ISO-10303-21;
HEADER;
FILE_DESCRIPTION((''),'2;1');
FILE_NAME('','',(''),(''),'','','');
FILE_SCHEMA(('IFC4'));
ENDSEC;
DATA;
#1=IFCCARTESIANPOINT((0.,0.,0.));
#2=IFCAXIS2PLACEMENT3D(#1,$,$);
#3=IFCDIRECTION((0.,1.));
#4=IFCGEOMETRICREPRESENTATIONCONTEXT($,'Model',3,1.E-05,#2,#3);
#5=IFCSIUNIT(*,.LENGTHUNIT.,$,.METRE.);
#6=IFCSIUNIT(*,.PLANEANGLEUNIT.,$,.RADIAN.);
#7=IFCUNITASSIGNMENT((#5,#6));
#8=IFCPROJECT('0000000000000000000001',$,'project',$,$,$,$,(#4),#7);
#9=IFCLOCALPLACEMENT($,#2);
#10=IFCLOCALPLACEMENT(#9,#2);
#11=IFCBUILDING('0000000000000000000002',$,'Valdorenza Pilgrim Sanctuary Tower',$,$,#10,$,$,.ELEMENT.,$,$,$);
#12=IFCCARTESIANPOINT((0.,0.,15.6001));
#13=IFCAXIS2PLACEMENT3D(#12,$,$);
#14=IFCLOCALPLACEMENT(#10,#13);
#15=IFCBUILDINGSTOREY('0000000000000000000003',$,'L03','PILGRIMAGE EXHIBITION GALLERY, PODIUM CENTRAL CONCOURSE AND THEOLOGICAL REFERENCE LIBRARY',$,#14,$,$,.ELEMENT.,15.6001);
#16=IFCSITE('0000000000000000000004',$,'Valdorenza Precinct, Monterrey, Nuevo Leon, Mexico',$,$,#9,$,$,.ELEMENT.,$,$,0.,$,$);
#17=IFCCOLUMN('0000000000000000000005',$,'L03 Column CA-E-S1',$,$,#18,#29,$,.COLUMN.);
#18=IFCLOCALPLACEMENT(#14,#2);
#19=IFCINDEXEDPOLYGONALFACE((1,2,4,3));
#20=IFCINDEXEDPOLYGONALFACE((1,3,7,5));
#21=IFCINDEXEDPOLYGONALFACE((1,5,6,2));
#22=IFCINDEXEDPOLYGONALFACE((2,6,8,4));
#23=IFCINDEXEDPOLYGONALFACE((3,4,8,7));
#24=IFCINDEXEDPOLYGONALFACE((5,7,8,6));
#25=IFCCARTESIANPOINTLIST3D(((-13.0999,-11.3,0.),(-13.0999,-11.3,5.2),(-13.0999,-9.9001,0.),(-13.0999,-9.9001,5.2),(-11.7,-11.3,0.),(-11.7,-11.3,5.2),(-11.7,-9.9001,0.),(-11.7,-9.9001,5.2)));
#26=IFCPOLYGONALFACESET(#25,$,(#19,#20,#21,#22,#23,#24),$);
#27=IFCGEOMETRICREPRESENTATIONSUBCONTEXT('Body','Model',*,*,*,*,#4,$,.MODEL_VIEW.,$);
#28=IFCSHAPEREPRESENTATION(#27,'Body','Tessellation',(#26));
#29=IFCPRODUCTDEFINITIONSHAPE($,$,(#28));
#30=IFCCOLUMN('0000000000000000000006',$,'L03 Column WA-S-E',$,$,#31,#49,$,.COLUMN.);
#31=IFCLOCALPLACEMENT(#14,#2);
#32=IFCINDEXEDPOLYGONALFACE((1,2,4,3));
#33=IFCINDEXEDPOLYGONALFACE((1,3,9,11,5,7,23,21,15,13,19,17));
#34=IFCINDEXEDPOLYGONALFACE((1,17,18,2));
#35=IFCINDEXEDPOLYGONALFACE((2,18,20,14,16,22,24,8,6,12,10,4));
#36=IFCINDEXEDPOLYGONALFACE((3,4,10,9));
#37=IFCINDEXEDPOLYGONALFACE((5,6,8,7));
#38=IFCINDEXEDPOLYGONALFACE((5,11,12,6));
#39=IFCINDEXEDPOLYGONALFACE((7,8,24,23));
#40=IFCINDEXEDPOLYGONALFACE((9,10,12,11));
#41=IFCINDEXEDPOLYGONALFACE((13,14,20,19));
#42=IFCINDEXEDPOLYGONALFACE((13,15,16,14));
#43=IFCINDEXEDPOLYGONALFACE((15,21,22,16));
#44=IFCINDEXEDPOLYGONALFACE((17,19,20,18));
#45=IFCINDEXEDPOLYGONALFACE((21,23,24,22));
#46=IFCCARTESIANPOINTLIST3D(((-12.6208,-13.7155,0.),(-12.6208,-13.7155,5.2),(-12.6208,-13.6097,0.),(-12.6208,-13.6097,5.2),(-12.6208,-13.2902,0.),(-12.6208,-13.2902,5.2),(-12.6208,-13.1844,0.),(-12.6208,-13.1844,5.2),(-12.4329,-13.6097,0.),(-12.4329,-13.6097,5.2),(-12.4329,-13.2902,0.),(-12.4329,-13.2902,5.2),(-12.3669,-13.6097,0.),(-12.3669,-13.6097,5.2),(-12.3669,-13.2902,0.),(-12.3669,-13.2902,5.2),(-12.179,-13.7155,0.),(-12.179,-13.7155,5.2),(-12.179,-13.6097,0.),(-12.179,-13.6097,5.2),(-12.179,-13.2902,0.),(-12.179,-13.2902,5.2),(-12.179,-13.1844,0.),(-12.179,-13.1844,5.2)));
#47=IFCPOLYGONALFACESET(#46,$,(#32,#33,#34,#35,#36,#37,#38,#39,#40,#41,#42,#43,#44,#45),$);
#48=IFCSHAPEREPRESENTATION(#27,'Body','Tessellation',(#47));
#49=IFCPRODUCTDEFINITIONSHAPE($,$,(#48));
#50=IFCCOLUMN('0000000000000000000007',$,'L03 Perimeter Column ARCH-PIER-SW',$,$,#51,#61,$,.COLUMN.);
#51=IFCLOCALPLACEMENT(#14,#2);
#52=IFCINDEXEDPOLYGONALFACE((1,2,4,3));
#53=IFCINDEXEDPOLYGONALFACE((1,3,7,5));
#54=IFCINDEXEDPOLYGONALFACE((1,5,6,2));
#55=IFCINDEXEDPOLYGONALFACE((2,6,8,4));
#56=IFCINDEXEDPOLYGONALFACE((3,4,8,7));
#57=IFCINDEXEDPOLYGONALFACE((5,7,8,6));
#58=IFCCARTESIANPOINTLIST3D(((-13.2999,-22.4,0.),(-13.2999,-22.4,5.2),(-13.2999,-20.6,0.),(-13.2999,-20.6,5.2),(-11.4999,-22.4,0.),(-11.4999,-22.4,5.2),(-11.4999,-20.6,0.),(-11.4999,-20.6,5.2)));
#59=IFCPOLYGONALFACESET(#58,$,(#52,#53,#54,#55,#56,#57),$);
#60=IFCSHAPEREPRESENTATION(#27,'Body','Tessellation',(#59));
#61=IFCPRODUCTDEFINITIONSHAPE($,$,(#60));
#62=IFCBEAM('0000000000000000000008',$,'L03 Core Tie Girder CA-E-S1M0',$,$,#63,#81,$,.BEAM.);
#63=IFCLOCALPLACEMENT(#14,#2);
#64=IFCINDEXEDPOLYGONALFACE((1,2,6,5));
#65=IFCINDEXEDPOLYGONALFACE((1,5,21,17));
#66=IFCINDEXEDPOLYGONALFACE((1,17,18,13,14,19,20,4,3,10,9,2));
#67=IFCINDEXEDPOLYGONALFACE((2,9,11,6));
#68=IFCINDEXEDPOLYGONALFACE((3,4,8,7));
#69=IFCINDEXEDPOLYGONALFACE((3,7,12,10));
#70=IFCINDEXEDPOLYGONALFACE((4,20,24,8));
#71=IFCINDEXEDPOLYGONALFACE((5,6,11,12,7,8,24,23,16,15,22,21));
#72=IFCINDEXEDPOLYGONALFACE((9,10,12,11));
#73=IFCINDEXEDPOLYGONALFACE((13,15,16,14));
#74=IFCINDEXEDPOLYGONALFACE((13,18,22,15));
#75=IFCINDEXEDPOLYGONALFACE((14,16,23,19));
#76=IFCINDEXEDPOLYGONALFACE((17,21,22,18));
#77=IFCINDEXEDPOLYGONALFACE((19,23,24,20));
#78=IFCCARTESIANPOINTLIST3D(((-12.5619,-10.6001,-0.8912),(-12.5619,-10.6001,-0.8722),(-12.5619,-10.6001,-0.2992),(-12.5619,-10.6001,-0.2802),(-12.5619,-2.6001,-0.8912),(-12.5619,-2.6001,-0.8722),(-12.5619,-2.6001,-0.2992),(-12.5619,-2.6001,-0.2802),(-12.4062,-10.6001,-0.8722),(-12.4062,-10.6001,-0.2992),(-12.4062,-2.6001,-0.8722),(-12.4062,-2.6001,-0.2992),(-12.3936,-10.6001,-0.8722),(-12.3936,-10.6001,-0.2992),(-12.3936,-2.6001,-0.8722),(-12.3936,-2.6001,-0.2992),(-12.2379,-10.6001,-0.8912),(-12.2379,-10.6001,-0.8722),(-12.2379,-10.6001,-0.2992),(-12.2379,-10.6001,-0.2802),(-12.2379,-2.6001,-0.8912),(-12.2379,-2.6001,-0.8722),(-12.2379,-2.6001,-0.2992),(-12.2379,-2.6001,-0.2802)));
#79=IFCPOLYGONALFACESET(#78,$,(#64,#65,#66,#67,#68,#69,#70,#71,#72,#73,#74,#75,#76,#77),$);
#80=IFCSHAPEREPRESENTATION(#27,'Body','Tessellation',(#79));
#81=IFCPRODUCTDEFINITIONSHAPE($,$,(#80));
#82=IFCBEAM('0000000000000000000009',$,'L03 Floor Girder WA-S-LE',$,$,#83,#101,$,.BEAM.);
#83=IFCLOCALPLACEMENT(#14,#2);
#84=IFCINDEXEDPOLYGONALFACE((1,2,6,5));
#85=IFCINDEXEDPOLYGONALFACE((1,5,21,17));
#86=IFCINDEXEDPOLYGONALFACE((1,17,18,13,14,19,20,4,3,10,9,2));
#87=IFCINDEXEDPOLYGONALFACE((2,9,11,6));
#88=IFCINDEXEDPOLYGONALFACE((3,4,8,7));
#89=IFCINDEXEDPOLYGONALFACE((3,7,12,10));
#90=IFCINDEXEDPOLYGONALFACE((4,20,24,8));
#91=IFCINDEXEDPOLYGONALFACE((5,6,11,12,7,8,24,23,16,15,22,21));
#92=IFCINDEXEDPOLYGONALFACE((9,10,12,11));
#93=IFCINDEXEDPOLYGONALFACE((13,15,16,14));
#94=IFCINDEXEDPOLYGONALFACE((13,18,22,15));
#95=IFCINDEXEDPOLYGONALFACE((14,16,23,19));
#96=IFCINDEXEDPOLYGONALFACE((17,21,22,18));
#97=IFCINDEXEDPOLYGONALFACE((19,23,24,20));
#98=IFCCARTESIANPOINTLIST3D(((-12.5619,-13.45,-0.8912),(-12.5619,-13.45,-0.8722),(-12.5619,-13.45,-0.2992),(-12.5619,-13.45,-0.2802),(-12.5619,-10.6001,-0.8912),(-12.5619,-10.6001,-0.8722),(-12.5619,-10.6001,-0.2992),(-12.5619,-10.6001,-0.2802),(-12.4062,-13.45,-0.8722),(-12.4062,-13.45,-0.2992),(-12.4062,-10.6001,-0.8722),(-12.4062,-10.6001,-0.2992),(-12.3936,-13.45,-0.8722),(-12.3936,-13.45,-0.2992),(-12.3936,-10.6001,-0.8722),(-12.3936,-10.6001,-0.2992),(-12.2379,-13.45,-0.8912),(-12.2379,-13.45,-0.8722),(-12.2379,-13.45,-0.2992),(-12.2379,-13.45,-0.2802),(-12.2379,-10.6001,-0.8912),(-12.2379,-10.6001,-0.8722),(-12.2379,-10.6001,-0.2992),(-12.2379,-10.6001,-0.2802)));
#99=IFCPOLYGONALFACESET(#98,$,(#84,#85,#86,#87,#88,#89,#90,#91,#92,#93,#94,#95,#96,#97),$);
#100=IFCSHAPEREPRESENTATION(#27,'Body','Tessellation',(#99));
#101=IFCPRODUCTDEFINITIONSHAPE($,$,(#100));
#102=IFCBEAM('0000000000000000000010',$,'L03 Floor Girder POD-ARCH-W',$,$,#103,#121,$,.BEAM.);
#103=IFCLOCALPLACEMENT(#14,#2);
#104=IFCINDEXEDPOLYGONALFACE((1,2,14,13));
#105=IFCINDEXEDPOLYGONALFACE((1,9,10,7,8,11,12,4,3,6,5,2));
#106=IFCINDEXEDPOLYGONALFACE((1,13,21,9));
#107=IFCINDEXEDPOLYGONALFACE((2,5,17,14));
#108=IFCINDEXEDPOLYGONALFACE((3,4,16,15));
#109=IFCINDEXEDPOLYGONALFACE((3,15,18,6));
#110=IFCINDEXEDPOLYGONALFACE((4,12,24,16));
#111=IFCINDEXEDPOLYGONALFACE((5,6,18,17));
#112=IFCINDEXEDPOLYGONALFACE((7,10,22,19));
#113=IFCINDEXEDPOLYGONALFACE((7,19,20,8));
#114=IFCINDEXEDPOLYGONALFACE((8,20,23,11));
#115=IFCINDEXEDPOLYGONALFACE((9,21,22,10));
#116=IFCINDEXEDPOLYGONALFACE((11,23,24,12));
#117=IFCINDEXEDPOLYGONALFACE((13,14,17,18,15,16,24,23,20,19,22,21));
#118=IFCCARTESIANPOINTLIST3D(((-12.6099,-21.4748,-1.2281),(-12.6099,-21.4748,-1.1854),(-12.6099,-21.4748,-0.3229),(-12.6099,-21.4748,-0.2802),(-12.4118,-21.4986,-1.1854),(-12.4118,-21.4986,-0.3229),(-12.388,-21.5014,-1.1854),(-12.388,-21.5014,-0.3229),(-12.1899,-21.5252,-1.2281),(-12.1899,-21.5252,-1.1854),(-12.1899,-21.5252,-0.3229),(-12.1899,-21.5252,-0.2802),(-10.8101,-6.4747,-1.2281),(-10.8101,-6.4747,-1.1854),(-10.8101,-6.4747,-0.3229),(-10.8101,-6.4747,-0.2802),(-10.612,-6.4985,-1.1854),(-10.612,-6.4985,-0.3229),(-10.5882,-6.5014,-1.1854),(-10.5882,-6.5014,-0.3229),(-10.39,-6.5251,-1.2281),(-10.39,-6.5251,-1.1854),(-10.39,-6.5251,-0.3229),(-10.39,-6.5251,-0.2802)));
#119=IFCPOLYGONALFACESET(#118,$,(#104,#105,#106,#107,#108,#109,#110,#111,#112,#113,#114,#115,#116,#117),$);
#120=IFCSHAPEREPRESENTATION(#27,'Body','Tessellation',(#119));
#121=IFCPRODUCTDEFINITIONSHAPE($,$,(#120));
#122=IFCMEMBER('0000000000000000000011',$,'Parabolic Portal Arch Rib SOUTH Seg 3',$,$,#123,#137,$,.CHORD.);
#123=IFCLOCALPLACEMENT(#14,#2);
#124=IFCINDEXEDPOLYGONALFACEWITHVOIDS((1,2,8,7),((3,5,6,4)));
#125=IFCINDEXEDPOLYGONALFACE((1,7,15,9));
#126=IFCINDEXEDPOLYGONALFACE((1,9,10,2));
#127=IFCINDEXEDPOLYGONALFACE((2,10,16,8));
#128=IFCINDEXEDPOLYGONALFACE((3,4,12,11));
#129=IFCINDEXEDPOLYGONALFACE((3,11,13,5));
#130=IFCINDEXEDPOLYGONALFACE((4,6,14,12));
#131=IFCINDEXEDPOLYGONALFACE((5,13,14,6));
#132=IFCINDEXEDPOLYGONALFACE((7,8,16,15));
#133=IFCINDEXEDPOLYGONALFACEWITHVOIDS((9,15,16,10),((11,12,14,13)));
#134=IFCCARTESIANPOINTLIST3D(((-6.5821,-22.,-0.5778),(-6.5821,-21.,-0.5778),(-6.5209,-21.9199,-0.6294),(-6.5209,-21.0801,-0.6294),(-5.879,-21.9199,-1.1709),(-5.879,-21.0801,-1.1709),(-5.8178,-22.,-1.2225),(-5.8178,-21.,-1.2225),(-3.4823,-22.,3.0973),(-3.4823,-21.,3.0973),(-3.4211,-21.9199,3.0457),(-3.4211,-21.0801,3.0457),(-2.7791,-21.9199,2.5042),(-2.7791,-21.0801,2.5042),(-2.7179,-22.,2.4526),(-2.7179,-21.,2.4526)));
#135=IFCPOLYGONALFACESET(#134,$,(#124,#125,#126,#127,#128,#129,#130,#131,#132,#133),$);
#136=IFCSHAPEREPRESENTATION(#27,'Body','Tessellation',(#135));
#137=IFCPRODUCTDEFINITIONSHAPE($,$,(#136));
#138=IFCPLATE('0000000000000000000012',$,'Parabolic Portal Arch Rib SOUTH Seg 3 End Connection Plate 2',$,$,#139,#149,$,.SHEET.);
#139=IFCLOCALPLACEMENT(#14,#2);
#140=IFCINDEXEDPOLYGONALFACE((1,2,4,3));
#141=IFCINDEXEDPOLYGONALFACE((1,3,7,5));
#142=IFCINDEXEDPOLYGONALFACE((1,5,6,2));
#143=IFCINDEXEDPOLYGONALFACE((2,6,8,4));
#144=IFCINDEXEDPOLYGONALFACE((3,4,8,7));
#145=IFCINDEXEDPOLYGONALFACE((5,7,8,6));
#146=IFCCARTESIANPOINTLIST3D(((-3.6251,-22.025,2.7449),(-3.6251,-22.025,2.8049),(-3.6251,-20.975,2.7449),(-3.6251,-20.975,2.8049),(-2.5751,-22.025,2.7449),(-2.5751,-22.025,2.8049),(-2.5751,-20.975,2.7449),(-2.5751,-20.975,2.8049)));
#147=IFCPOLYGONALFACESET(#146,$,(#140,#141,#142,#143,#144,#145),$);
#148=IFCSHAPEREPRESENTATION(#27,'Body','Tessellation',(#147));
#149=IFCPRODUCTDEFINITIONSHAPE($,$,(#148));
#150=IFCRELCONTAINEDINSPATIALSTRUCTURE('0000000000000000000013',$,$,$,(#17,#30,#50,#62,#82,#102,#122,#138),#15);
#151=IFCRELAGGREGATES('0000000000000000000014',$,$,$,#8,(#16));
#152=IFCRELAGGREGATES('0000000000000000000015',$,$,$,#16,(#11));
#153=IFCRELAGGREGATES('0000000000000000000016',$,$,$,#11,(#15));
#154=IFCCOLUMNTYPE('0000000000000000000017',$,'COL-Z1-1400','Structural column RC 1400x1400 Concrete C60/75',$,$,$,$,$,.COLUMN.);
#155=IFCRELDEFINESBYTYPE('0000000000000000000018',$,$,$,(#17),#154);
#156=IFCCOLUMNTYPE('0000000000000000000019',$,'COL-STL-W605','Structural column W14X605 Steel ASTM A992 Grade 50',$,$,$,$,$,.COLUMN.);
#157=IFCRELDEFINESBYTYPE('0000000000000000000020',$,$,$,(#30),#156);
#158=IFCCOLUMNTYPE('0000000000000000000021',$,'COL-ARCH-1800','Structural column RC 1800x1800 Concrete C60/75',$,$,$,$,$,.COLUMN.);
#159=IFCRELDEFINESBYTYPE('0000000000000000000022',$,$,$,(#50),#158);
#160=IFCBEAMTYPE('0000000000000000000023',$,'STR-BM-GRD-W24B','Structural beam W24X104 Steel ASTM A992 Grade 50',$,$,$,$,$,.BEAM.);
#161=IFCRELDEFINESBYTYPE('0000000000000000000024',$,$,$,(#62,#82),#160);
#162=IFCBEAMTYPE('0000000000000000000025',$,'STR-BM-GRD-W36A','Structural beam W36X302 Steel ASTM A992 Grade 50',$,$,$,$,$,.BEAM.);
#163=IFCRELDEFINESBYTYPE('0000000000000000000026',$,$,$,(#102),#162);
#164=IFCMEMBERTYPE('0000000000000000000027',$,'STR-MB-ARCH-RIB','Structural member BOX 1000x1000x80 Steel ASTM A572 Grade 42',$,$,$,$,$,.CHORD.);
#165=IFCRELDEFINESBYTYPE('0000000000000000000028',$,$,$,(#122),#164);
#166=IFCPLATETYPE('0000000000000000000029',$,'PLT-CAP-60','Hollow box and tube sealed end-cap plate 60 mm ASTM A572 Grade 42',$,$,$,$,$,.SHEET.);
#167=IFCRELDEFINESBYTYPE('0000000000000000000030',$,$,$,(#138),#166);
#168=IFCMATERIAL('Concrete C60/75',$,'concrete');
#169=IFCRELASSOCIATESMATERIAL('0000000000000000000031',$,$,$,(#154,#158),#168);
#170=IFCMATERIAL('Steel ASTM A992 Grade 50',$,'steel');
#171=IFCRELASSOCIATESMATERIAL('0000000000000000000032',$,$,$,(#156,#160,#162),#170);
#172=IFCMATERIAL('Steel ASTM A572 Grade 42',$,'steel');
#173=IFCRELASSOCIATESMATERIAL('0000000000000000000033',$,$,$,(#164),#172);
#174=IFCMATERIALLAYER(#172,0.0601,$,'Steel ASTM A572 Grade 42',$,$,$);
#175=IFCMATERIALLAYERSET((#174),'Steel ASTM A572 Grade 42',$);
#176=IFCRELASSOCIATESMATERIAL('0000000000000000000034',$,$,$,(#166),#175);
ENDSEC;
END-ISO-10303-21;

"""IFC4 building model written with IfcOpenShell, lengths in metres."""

from ifc_helpers import new_model, si_unit, direction, frame, origin, origin_2d, place, context, subcontext, project, spatial, rectangle, hollow_rectangle, i_section, extrude, source, transform, mapped, material, layer, layer_set, material_profile, profile_set, type_object, element, save


model = new_model("IFC4")

# Units and contexts
model_context = context("Model", 3, precision=1e-05, world=origin(), true_north=direction((0.0, 1.0)))
body_context = subcontext(model_context, "Body", "Model", "MODEL_VIEW")
ifc_project = project(units=[si_unit("LENGTHUNIT", "METRE"), si_unit("PLANEANGLEUNIT", "RADIAN")], contexts=[model_context])

# Site, building, storey
site_placement = place(None, origin())
site = spatial("IfcSite", under=ifc_project, at=site_placement, Name="Valdorenza Precinct, Monterrey, Nuevo Leon, Mexico", CompositionType="ELEMENT", RefElevation=0.0)
building_placement = place(site_placement, origin())
building = spatial("IfcBuilding", under=site, at=building_placement, Name="Valdorenza Pilgrim Sanctuary Tower", CompositionType="ELEMENT")
storey_placement = place(building_placement, frame((0.0, 0.0, 15.6001)))
storey = spatial("IfcBuildingStorey", under=building, at=storey_placement, Name="L03", Description="PILGRIMAGE EXHIBITION GALLERY, PODIUM CENTRAL CONCOURSE AND THEOLOGICAL REFERENCE LIBRARY", CompositionType="ELEMENT", Elevation=15.6001)

# Columns
ifc_material_1 = material(Name="Concrete C60/75", Category="concrete")
ifc_material_profile_1 = material_profile(ifc_material_1, rectangle(XDim=1.3999, YDim=1.3999, at=origin_2d()), Name="RC 1400x1400")
ifc_profile_set_1 = profile_set([ifc_material_profile_1], Name="Concrete C60/75")
column_type_1 = type_object("IfcColumnType", Name="COL-Z1-1400", Description="Structural column RC 1400x1400 Concrete C60/75", PredefinedType="COLUMN", material=ifc_profile_set_1)
shared_shape_1 = source(origin(), body_context, "Body", "SweptSolid", [
    extrude(rectangle(XDim=1.3999, YDim=1.3999, at=origin_2d()), origin(), (0.0, 0.0, 1.0), 5.2),
])
column_1_placement = place(storey_placement, frame((-12.3999, -10.6001, 0.0), z_axis=(0.0, 0.0, 1.0), x_axis=(1.0, 0.0, 0.0)))
element("IfcColumn", 1, at=column_1_placement, inside=storey, type_object=column_type_1, Name="L03 Column CA-E-S1", PredefinedType="COLUMN", context=body_context, shape_type="MappedRepresentation", body=[
    mapped(shared_shape_1, transform((0.0, 0.0, 0.0), x_axis=(1.0, 0.0, 0.0), y_axis=(0.0, 1.0, 0.0), z_axis=(0.0, 0.0, 1.0), scale=1.0)),
])
ifc_material_2 = material(Name="Steel ASTM A992 Grade 50", Category="steel")
ifc_material_profile_2 = material_profile(ifc_material_2, i_section(OverallWidth=0.4419, OverallDepth=0.531, WebThickness=0.0659, FlangeThickness=0.1057, at=origin_2d()), Name="W14X605")
ifc_profile_set_2 = profile_set([ifc_material_profile_2], Name="Steel ASTM A992 Grade 50")
column_type_2 = type_object("IfcColumnType", Name="COL-STL-W605", Description="Structural column W14X605 Steel ASTM A992 Grade 50", PredefinedType="COLUMN", material=ifc_profile_set_2)
shared_shape_2 = source(origin(), body_context, "Body", "SweptSolid", [
    extrude(i_section(OverallWidth=0.4419, OverallDepth=0.531, WebThickness=0.0659, FlangeThickness=0.1057, at=origin_2d()), origin(), (0.0, 0.0, 1.0), 5.2),
])
column_2_placement = place(storey_placement, frame((-12.3999, -13.45, 0.0), z_axis=(0.0, 0.0, 1.0), x_axis=(1.0, 0.0, 0.0)))
element("IfcColumn", 2, at=column_2_placement, inside=storey, type_object=column_type_2, Name="L03 Column WA-S-E", PredefinedType="COLUMN", context=body_context, shape_type="MappedRepresentation", body=[
    mapped(shared_shape_2, transform((0.0, 0.0, 0.0), x_axis=(1.0, 0.0, 0.0), y_axis=(0.0, 1.0, 0.0), z_axis=(0.0, 0.0, 1.0), scale=1.0)),
])
ifc_material_profile_3 = material_profile(ifc_material_1, rectangle(XDim=1.8, YDim=1.8, at=origin_2d()), Name="RC 1800x1800")
ifc_profile_set_3 = profile_set([ifc_material_profile_3], Name="Concrete C60/75")
column_type_3 = type_object("IfcColumnType", Name="COL-ARCH-1800", Description="Structural column RC 1800x1800 Concrete C60/75", PredefinedType="COLUMN", material=ifc_profile_set_3)
shared_shape_3 = source(origin(), body_context, "Body", "SweptSolid", [
    extrude(rectangle(XDim=1.8, YDim=1.8, at=origin_2d()), origin(), (0.0, 0.0, 1.0), 5.2),
])
column_3_placement = place(storey_placement, frame((-12.3999, -21.5, 0.0), z_axis=(0.0, 0.0, 1.0), x_axis=(1.0, 0.0, 0.0)))
element("IfcColumn", 3, at=column_3_placement, inside=storey, type_object=column_type_3, Name="L03 Perimeter Column ARCH-PIER-SW", PredefinedType="COLUMN", context=body_context, shape_type="MappedRepresentation", body=[
    mapped(shared_shape_3, transform((0.0, 0.0, 0.0), x_axis=(1.0, 0.0, 0.0), y_axis=(0.0, 1.0, 0.0), z_axis=(0.0, 0.0, 1.0), scale=1.0)),
])

# Beams
ifc_material_profile_4 = material_profile(ifc_material_2, i_section(OverallWidth=0.324, OverallDepth=0.6111, WebThickness=0.0127, FlangeThickness=0.019, at=origin_2d()), Name="W24X104")
ifc_profile_set_4 = profile_set([ifc_material_profile_4], Name="Steel ASTM A992 Grade 50")
beam_type_1 = type_object("IfcBeamType", Name="STR-BM-GRD-W24B", Description="Structural beam W24X104 Steel ASTM A992 Grade 50", PredefinedType="BEAM", material=ifc_profile_set_4)
shared_shape_4 = source(origin(), body_context, "Body", "SweptSolid", [
    extrude(i_section(OverallWidth=0.324, OverallDepth=0.6111, WebThickness=0.0127, FlangeThickness=0.019, at=origin_2d()), origin(), (0.0, 0.0, 1.0), 8.0),
])
beam_1_placement = place(storey_placement, frame((-12.3999, -10.6001, -0.5857), z_axis=(0.0, 1.0, 0.0), x_axis=(-1.0, 0.0, 0.0)))
element("IfcBeam", 4, at=beam_1_placement, inside=storey, type_object=beam_type_1, Name="L03 Core Tie Girder CA-E-S1M0", PredefinedType="BEAM", context=body_context, shape_type="MappedRepresentation", body=[
    mapped(shared_shape_4, transform((0.0, 0.0, 0.0), x_axis=(1.0, 0.0, 0.0), y_axis=(0.0, 1.0, 0.0), z_axis=(0.0, 0.0, 1.0), scale=1.0)),
])
shared_shape_5 = source(origin(), body_context, "Body", "SweptSolid", [
    extrude(i_section(OverallWidth=0.324, OverallDepth=0.6111, WebThickness=0.0127, FlangeThickness=0.019, at=origin_2d()), origin(), (0.0, 0.0, 1.0), 2.8499),
])
beam_2_placement = place(storey_placement, frame((-12.3999, -13.45, -0.5857), z_axis=(0.0, 1.0, 0.0), x_axis=(-1.0, 0.0, 0.0)))
element("IfcBeam", 5, at=beam_2_placement, inside=storey, type_object=beam_type_1, Name="L03 Floor Girder WA-S-LE", PredefinedType="BEAM", context=body_context, shape_type="MappedRepresentation", body=[
    mapped(shared_shape_5, transform((0.0, 0.0, 0.0), x_axis=(1.0, 0.0, 0.0), y_axis=(0.0, 1.0, 0.0), z_axis=(0.0, 0.0, 1.0), scale=1.0)),
])
ifc_material_profile_5 = material_profile(ifc_material_2, i_section(OverallWidth=0.4231, OverallDepth=0.948, WebThickness=0.0239, FlangeThickness=0.0427, at=origin_2d()), Name="W36X302")
ifc_profile_set_5 = profile_set([ifc_material_profile_5], Name="Steel ASTM A992 Grade 50")
beam_type_2 = type_object("IfcBeamType", Name="STR-BM-GRD-W36A", Description="Structural beam W36X302 Steel ASTM A992 Grade 50", PredefinedType="BEAM", material=ifc_profile_set_5)
shared_shape_6 = source(origin(), body_context, "Body", "SweptSolid", [
    extrude(i_section(OverallWidth=0.4231, OverallDepth=0.948, WebThickness=0.0239, FlangeThickness=0.0427, at=origin_2d()), origin(), (0.0, 0.0, 1.0), 15.1077),
])
beam_3_placement = place(storey_placement, frame((-12.3999, -21.5, -0.7542), z_axis=(0.119132, 0.992878, 0.0), x_axis=(-0.992878, 0.119132, 0.0)))
element("IfcBeam", 6, at=beam_3_placement, inside=storey, type_object=beam_type_2, Name="L03 Floor Girder POD-ARCH-W", PredefinedType="BEAM", context=body_context, shape_type="MappedRepresentation", body=[
    mapped(shared_shape_6, transform((0.0, 0.0, 0.0), x_axis=(1.0, 0.0, 0.0), y_axis=(0.0, 1.0, 0.0), z_axis=(0.0, 0.0, 1.0), scale=1.0)),
])

# Member
ifc_material_3 = material(Name="Steel ASTM A572 Grade 42", Category="steel")
ifc_material_profile_6 = material_profile(ifc_material_3, hollow_rectangle(XDim=1.0, YDim=1.0, WallThickness=0.0801, at=origin_2d()), Name="BOX 1000x1000x80")
ifc_profile_set_6 = profile_set([ifc_material_profile_6], Name="Steel ASTM A572 Grade 42")
member_type = type_object("IfcMemberType", Name="STR-MB-ARCH-RIB", Description="Structural member BOX 1000x1000x80 Steel ASTM A572 Grade 42", PredefinedType="CHORD", material=ifc_profile_set_6)
shared_shape_7 = source(origin(), body_context, "Body", "SweptSolid", [
    extrude(hollow_rectangle(XDim=1.0, YDim=1.0, WallThickness=0.0801, at=origin_2d()), origin(), (0.0, 0.0, 1.0), 4.8079),
])
member_placement = place(storey_placement, frame((-6.2, -21.5, -0.9001), z_axis=(0.644753, 0.0, 0.764391), x_axis=(0.0, 1.0, 0.0)))
element("IfcMember", 7, at=member_placement, inside=storey, type_object=member_type, Name="Parabolic Portal Arch Rib SOUTH Seg 3", PredefinedType="CHORD", context=body_context, shape_type="MappedRepresentation", body=[
    mapped(shared_shape_7, transform((0.0, 0.0, 0.0), x_axis=(1.0, 0.0, 0.0), y_axis=(0.0, 1.0, 0.0), z_axis=(0.0, 0.0, 1.0), scale=1.0)),
])

# Plate
ifc_layer_1 = layer(ifc_material_3, 0.0601, Name="Steel ASTM A572 Grade 42")
ifc_layer_set_1 = layer_set([ifc_layer_1], Name="Steel ASTM A572 Grade 42")
plate_type_1 = type_object("IfcPlateType", Name="PLT-CAP-60", Description="Hollow box and tube sealed end-cap plate 60 mm ASTM A572 Grade 42", PredefinedType="SHEET", material=ifc_layer_set_1)
shared_shape_8 = source(origin(), body_context, "Body", "SweptSolid", [
    extrude(rectangle(XDim=1.05, YDim=1.05, at=origin_2d()), origin(), (0.0, 0.0, 1.0), 0.0601),
])
plate_1_placement = place(storey_placement, frame((-3.1001, -21.5, 2.7449), z_axis=(0.0, 0.0, 1.0), x_axis=(1.0, 0.0, 0.0)))
element("IfcPlate", 8, at=plate_1_placement, inside=storey, type_object=plate_type_1, Name="Parabolic Portal Arch Rib SOUTH Seg 3 End Connection Plate 2", PredefinedType="SHEET", context=body_context, shape_type="MappedRepresentation", body=[
    mapped(shared_shape_8, transform((0.0, 0.0, 0.0), x_axis=(1.0, 0.0, 0.0), y_axis=(0.0, 1.0, 0.0), z_axis=(0.0, 0.0, 1.0), scale=1.0)),
])

save(model, "model.ifc")
